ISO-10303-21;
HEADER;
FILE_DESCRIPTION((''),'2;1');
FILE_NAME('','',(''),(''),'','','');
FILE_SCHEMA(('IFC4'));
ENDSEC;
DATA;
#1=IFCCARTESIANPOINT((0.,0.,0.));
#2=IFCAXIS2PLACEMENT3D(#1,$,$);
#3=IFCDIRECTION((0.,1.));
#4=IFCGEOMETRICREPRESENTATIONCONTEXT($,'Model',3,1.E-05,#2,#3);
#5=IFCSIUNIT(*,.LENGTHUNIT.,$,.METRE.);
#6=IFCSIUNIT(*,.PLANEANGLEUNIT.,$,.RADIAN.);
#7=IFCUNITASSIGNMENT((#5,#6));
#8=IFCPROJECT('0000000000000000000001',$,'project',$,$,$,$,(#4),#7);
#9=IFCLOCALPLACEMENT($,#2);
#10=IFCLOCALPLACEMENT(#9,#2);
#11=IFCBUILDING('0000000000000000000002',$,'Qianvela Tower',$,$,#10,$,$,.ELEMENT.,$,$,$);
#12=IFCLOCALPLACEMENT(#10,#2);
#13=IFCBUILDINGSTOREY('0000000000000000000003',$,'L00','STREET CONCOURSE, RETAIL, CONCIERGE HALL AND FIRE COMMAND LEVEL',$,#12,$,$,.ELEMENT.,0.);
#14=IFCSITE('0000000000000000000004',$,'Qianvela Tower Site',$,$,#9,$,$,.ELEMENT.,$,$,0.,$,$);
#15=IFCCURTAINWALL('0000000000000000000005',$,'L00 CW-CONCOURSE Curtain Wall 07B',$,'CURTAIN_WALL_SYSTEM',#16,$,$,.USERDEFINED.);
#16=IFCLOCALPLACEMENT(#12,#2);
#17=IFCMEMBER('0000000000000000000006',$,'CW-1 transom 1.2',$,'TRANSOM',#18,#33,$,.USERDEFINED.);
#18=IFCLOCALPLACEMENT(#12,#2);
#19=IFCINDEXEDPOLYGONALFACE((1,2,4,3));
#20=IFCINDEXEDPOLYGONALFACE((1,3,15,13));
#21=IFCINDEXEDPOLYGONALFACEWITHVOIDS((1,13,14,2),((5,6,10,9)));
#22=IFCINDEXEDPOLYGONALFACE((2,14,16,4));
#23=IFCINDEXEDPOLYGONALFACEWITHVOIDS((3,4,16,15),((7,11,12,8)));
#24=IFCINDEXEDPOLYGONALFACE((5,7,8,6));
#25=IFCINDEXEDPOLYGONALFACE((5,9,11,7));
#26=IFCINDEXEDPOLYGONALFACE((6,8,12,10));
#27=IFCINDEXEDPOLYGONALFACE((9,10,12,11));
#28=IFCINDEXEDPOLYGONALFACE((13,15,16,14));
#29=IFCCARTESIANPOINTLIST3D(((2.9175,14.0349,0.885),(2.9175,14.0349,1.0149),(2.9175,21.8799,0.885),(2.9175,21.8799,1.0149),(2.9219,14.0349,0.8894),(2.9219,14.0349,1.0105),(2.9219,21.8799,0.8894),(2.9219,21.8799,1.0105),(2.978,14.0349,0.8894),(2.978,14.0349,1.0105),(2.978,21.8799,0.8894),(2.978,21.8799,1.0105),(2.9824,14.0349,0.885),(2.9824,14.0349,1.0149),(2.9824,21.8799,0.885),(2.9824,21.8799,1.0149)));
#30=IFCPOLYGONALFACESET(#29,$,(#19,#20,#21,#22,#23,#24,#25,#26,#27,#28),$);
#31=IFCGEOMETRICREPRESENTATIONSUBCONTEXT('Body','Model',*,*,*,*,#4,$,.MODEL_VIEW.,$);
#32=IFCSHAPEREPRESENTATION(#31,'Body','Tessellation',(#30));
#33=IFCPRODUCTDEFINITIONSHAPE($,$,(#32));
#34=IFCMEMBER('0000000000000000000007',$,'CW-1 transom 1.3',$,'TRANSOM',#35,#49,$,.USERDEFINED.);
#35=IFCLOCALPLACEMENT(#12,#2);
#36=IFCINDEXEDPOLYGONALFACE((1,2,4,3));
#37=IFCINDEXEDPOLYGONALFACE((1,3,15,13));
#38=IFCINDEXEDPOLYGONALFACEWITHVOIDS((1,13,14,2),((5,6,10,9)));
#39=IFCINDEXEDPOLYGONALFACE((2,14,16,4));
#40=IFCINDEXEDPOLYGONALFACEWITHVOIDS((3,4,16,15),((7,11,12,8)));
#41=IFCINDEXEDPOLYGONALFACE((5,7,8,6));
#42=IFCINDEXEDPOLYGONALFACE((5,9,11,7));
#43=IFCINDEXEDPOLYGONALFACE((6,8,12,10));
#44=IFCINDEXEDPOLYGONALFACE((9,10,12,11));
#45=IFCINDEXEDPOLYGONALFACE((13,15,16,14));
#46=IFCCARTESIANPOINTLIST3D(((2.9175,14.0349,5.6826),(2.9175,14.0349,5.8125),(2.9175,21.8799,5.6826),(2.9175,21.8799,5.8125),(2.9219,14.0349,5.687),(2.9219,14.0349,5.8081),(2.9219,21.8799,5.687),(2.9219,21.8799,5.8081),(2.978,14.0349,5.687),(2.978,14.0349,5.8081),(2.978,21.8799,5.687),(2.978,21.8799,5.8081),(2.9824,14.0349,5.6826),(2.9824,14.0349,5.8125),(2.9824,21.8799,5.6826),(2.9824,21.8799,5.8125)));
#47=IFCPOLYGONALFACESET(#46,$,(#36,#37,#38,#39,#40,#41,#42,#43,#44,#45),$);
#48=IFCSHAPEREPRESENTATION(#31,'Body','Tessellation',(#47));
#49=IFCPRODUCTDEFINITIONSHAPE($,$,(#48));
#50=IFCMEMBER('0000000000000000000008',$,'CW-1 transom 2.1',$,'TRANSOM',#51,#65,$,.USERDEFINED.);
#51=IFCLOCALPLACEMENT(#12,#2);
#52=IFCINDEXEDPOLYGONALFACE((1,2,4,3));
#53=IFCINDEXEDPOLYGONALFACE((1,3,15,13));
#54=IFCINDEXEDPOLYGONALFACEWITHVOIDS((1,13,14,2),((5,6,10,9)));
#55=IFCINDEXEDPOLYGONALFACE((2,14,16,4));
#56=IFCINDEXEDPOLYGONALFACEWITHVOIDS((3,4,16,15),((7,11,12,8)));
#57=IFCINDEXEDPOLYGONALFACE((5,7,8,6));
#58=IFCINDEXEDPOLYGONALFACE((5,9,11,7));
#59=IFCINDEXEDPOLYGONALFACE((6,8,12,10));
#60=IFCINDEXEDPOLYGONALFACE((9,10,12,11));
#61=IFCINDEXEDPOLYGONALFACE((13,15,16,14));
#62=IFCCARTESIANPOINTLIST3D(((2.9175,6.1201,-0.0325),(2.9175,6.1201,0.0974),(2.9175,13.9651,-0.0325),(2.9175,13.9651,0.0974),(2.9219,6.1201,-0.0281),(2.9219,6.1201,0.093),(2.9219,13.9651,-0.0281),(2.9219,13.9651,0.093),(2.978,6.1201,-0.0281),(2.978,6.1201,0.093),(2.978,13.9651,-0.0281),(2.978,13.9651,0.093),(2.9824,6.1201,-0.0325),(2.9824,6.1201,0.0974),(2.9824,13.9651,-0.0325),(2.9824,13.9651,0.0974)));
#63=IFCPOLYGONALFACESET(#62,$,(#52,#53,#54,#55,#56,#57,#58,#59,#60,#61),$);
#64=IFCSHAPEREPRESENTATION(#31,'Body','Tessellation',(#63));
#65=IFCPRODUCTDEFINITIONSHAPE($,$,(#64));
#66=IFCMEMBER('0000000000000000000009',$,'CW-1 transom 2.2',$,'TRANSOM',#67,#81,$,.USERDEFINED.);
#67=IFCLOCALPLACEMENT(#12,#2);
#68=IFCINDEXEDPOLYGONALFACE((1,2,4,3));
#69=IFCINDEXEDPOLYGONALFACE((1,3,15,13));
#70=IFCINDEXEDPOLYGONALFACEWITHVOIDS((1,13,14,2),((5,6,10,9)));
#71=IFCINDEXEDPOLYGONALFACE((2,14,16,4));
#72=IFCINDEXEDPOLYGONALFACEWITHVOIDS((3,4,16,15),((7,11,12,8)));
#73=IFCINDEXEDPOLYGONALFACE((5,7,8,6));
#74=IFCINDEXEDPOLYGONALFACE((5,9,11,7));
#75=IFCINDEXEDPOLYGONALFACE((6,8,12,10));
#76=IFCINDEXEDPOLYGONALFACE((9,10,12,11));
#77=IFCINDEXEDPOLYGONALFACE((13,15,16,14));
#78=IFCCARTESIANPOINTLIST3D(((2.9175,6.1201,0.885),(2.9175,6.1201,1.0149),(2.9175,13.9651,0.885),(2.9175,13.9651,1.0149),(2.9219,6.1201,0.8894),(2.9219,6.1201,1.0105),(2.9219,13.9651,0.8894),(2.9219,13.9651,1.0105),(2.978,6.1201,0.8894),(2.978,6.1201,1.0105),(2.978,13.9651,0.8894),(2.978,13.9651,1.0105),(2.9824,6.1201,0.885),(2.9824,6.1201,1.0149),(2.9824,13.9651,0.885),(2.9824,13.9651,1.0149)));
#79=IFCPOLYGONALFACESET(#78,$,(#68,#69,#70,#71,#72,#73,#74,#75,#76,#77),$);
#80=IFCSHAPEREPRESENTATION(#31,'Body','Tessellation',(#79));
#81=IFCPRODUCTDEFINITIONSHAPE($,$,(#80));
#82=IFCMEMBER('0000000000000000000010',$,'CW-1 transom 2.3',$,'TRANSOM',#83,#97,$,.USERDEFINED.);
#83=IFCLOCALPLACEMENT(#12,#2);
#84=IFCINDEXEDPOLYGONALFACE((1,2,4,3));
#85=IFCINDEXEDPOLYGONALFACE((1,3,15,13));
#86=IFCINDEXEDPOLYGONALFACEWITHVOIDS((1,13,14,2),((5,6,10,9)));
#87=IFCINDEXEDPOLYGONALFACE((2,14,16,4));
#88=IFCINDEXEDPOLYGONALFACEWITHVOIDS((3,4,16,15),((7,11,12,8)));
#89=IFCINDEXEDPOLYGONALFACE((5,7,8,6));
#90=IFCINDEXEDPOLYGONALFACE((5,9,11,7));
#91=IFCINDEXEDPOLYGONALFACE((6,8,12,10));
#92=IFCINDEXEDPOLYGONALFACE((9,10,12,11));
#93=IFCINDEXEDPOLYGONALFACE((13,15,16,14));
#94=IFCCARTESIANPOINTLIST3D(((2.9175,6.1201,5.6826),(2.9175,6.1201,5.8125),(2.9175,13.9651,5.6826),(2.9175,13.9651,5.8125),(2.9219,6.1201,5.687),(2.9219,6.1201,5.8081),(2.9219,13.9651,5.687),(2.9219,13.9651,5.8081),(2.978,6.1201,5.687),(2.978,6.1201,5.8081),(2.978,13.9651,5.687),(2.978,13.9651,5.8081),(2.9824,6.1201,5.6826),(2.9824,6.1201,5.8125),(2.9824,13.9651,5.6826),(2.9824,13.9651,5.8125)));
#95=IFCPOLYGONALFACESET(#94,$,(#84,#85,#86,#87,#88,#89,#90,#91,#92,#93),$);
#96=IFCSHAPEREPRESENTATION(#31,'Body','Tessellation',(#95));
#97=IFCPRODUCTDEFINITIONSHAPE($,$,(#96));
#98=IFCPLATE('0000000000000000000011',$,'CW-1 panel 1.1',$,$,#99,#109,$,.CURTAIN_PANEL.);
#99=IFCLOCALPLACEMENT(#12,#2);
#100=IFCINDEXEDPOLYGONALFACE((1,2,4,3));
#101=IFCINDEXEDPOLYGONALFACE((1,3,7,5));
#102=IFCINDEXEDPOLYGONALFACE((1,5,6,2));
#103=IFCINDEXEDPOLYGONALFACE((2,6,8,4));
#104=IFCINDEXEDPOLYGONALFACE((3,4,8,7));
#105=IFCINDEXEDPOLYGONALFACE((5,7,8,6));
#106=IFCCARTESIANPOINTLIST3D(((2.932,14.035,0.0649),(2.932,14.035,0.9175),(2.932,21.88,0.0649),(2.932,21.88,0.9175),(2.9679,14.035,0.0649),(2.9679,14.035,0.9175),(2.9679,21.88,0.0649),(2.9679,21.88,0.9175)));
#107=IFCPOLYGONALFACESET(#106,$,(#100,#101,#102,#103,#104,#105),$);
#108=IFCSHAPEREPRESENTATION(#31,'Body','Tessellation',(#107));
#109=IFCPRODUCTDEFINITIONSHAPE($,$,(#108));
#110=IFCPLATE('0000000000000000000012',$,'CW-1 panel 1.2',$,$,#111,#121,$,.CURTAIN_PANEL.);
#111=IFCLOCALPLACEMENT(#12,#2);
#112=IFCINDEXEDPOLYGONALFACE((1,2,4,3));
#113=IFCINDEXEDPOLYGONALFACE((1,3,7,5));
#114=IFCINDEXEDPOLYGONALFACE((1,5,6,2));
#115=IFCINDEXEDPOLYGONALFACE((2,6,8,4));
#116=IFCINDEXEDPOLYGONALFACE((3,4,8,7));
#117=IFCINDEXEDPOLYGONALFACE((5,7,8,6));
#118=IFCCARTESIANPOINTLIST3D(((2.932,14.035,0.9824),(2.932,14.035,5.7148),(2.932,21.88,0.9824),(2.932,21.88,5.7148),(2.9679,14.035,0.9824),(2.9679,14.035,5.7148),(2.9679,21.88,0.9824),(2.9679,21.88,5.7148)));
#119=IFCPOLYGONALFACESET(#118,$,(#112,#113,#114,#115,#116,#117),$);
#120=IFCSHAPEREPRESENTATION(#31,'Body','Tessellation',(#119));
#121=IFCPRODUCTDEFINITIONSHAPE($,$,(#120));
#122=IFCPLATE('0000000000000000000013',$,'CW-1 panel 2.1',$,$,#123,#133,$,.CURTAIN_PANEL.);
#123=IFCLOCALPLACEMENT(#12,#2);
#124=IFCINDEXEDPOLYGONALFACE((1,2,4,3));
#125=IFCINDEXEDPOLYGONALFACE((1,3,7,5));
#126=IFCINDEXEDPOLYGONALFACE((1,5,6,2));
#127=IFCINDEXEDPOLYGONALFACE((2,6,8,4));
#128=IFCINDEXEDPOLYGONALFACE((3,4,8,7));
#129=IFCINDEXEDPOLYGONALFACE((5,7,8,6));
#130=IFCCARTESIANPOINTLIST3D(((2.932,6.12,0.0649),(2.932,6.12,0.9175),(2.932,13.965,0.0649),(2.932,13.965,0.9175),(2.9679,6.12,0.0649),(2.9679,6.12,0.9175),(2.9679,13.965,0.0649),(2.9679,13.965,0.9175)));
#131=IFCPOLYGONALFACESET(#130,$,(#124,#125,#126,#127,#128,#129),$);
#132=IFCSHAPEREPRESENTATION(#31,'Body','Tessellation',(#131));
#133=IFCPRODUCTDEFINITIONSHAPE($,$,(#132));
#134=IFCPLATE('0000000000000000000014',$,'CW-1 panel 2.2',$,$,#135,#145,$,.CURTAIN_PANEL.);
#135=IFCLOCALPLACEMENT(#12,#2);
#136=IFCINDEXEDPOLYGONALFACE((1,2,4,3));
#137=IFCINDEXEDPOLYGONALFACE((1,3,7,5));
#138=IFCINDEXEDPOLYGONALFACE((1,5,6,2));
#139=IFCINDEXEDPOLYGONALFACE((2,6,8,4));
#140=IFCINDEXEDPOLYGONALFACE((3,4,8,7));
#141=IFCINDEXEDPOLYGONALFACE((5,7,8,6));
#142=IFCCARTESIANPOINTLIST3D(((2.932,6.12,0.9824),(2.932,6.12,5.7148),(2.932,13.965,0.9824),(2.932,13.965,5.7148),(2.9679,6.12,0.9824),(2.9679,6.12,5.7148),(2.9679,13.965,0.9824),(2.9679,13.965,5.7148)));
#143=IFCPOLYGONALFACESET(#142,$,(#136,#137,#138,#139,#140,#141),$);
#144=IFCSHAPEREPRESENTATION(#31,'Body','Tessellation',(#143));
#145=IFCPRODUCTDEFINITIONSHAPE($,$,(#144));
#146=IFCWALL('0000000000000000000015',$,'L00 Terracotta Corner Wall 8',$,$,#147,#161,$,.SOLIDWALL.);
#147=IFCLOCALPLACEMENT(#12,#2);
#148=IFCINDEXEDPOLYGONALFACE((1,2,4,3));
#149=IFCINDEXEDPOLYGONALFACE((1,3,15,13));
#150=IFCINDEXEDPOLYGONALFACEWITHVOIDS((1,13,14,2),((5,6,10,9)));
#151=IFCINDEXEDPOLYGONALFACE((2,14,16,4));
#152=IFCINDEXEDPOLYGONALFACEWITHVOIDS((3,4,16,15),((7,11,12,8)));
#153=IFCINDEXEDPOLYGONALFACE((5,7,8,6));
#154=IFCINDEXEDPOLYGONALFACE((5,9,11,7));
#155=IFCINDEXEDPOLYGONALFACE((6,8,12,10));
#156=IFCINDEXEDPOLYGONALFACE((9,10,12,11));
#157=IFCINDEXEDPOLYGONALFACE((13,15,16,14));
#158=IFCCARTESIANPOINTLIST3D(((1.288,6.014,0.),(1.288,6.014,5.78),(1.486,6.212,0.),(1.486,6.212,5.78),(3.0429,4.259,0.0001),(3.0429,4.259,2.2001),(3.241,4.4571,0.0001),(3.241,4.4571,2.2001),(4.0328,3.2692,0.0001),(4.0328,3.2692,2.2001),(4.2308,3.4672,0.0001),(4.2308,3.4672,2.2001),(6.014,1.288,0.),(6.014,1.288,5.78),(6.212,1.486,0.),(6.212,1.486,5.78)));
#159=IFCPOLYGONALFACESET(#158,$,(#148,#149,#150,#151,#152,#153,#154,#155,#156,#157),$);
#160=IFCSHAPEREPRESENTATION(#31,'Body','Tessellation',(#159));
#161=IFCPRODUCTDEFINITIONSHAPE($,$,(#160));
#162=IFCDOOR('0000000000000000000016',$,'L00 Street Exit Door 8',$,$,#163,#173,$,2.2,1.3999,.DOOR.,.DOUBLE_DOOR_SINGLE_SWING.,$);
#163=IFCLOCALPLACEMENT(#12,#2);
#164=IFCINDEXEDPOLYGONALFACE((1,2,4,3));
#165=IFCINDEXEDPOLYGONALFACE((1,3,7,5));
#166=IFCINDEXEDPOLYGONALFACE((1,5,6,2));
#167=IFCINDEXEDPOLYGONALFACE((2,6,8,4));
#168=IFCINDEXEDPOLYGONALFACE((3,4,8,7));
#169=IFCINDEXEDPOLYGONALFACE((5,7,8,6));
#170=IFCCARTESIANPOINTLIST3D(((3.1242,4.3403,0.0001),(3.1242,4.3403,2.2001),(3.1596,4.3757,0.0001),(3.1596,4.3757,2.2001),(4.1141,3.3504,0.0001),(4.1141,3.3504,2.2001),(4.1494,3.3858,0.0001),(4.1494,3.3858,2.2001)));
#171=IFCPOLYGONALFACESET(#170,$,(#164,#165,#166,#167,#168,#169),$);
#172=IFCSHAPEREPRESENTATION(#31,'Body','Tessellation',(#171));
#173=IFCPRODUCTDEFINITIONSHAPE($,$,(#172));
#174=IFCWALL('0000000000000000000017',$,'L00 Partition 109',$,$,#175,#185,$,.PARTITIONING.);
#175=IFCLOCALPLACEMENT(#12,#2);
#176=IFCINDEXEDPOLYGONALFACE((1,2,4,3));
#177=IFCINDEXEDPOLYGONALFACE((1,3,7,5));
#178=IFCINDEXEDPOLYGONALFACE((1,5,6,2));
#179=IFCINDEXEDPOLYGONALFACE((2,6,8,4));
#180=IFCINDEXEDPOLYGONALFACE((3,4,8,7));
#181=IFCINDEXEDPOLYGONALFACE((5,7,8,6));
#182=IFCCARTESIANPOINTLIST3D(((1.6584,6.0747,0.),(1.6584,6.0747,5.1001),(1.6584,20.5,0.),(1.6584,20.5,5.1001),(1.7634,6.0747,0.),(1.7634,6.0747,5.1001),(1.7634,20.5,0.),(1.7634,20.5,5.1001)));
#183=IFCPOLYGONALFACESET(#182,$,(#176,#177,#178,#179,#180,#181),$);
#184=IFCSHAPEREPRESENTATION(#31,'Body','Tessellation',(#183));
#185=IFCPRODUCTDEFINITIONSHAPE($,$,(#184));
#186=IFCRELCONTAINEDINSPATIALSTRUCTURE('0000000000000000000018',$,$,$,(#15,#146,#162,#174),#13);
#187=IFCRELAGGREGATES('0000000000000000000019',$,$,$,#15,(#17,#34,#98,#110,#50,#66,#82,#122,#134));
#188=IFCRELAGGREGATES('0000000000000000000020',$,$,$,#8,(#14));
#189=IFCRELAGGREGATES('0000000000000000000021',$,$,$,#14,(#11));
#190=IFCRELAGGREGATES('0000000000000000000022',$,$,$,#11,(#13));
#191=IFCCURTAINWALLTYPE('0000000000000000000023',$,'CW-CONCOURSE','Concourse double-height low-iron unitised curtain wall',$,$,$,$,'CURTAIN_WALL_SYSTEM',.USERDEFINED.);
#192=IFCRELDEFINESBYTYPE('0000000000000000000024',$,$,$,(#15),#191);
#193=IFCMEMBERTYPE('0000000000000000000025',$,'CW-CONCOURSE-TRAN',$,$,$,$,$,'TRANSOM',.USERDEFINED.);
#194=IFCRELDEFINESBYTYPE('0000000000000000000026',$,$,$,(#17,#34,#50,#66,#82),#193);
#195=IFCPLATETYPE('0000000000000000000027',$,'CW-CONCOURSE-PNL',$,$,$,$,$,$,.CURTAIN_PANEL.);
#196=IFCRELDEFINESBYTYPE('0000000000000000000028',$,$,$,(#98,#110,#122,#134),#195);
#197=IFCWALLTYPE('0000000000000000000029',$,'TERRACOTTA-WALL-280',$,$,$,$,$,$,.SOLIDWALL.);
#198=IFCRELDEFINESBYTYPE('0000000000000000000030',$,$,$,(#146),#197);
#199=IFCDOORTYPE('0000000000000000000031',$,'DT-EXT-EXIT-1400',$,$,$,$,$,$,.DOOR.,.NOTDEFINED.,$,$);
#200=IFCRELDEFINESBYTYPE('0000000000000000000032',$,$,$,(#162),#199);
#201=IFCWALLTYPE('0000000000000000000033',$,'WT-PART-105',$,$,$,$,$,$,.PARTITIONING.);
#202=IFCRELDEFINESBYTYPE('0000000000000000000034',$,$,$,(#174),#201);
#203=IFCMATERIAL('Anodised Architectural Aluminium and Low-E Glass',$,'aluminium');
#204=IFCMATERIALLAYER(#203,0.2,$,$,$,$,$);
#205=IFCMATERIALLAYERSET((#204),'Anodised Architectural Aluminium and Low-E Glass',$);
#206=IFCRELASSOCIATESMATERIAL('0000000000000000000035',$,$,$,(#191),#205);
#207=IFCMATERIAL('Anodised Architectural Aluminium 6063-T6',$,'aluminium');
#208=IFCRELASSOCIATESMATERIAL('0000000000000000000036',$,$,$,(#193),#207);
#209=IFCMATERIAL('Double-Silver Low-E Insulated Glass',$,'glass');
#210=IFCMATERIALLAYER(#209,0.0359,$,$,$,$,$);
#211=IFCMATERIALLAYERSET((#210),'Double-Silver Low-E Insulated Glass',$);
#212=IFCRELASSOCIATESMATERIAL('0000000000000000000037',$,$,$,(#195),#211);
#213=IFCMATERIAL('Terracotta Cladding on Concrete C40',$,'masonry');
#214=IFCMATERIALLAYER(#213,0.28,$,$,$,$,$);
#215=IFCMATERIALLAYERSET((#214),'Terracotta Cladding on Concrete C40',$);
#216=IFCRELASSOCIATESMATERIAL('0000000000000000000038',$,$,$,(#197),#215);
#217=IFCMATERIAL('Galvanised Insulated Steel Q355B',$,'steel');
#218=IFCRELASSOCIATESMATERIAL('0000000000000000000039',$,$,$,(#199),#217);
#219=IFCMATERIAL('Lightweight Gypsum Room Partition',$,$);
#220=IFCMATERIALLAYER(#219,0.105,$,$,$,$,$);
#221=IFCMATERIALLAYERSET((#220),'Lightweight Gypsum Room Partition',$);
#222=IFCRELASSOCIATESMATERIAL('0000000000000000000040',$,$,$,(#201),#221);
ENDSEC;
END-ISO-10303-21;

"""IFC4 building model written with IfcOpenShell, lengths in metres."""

from ifc_helpers import new_model, si_unit, direction, frame, frame_2d, origin, origin_2d, place, context, subcontext, project, spatial, rectangle, hollow_rectangle, extrude, material, layer, layer_set, material_profile, profile_set, type_object, element, fill, aggregate, save


model = new_model("IFC4")

# Units and contexts
model_context = context("Model", 3, precision=1e-05, world=origin(), true_north=direction((0.0, 1.0)))
body_context = subcontext(model_context, "Body", "Model", "MODEL_VIEW")
ifc_project = project(units=[si_unit("LENGTHUNIT", "METRE"), si_unit("PLANEANGLEUNIT", "RADIAN")], contexts=[model_context])

# Site, building, storey
site_placement = place(None, origin())
site = spatial("IfcSite", under=ifc_project, at=site_placement, Name="Qianvela Tower Site", CompositionType="ELEMENT", RefElevation=0.0)
building_placement = place(site_placement, origin())
building = spatial("IfcBuilding", under=site, at=building_placement, Name="Qianvela Tower", CompositionType="ELEMENT")
storey_placement = place(building_placement, origin())
storey = spatial("IfcBuildingStorey", under=building, at=storey_placement, Name="L00", Description="STREET CONCOURSE, RETAIL, CONCIERGE HALL AND FIRE COMMAND LEVEL", CompositionType="ELEMENT", Elevation=0.0)

# Shared definitions
ifc_material_1 = material(Name="Anodised Architectural Aluminium and Low-E Glass", Category="aluminium")
ifc_layer_1 = layer(ifc_material_1, 0.2)
ifc_layer_set_1 = layer_set([ifc_layer_1], Name="Anodised Architectural Aluminium and Low-E Glass")
curtain_wall_type = type_object("IfcCurtainWallType", Name="CW-CONCOURSE", Description="Concourse double-height low-iron unitised curtain wall", ElementType="CURTAIN_WALL_SYSTEM", PredefinedType="USERDEFINED", material=ifc_layer_set_1)

# Curtain wall
curtain_wall_1_placement = place(storey_placement, origin())
curtain_wall_1 = element("IfcCurtainWall", 1, at=curtain_wall_1_placement, inside=storey, type_object=curtain_wall_type, Name="L00 CW-CONCOURSE Curtain Wall 07B", ObjectType="CURTAIN_WALL_SYSTEM", PredefinedType="USERDEFINED")

# Members
ifc_material_2 = material(Name="Anodised Architectural Aluminium 6063-T6", Category="aluminium")
ifc_material_profile_1 = material_profile(ifc_material_2, hollow_rectangle(XDim=0.0649, YDim=0.1299, WallThickness=0.0044, at=origin_2d()), Name="ALU-TRAN-65x130")
ifc_profile_set_1 = profile_set([ifc_material_profile_1], Name="Anodised Architectural Aluminium 6063-T6")
member_type_1 = type_object("IfcMemberType", Name="CW-CONCOURSE-TRAN", ElementType="TRANSOM", PredefinedType="USERDEFINED", material=ifc_profile_set_1)
member_1_placement = place(storey_placement, frame((2.95, 21.8799, 0.95), z_axis=(0.0, -1.0, 0.0), x_axis=(1.0, 0.0, 0.0)))
member_1 = element("IfcMember", 2, at=member_1_placement, type_object=member_type_1, Name="CW-1 transom 1.2", ObjectType="TRANSOM", PredefinedType="USERDEFINED", context=body_context, shape_type="SweptSolid", body=[
    extrude(hollow_rectangle(XDim=0.0649, YDim=0.1299, WallThickness=0.0044, at=origin_2d()), origin(), (0.0, 0.0, 1.0), 7.845),
])
member_2_placement = place(storey_placement, frame((2.95, 21.8799, 5.7476), z_axis=(0.0, -1.0, 0.0), x_axis=(1.0, 0.0, 0.0)))
member_2 = element("IfcMember", 3, at=member_2_placement, type_object=member_type_1, Name="CW-1 transom 1.3", ObjectType="TRANSOM", PredefinedType="USERDEFINED", context=body_context, shape_type="SweptSolid", body=[
    extrude(hollow_rectangle(XDim=0.0649, YDim=0.1299, WallThickness=0.0044, at=origin_2d()), origin(), (0.0, 0.0, 1.0), 7.845),
])
member_3_placement = place(storey_placement, frame((2.95, 13.9651, 0.0325), z_axis=(0.0, -1.0, 0.0), x_axis=(1.0, 0.0, 0.0)))
member_3 = element("IfcMember", 4, at=member_3_placement, type_object=member_type_1, Name="CW-1 transom 2.1", ObjectType="TRANSOM", PredefinedType="USERDEFINED", context=body_context, shape_type="SweptSolid", body=[
    extrude(hollow_rectangle(XDim=0.0649, YDim=0.1299, WallThickness=0.0044, at=origin_2d()), origin(), (0.0, 0.0, 1.0), 7.845),
])
member_4_placement = place(storey_placement, frame((2.95, 13.9651, 0.95), z_axis=(0.0, -1.0, 0.0), x_axis=(1.0, 0.0, 0.0)))
member_4 = element("IfcMember", 5, at=member_4_placement, type_object=member_type_1, Name="CW-1 transom 2.2", ObjectType="TRANSOM", PredefinedType="USERDEFINED", context=body_context, shape_type="SweptSolid", body=[
    extrude(hollow_rectangle(XDim=0.0649, YDim=0.1299, WallThickness=0.0044, at=origin_2d()), origin(), (0.0, 0.0, 1.0), 7.845),
])
member_5_placement = place(storey_placement, frame((2.95, 13.9651, 5.7476), z_axis=(0.0, -1.0, 0.0), x_axis=(1.0, 0.0, 0.0)))
member_5 = element("IfcMember", 6, at=member_5_placement, type_object=member_type_1, Name="CW-1 transom 2.3", ObjectType="TRANSOM", PredefinedType="USERDEFINED", context=body_context, shape_type="SweptSolid", body=[
    extrude(hollow_rectangle(XDim=0.0649, YDim=0.1299, WallThickness=0.0044, at=origin_2d()), origin(), (0.0, 0.0, 1.0), 7.845),
])

# Plates
ifc_material_3 = material(Name="Double-Silver Low-E Insulated Glass", Category="glass")
ifc_layer_2 = layer(ifc_material_3, 0.0359)
ifc_layer_set_2 = layer_set([ifc_layer_2], Name="Double-Silver Low-E Insulated Glass")
plate_type = type_object("IfcPlateType", Name="CW-CONCOURSE-PNL", PredefinedType="CURTAIN_PANEL", material=ifc_layer_set_2)
plate_1_placement = place(storey_placement, frame((2.95, 17.9575, 0.0649), z_axis=(0.0, 0.0, 1.0), x_axis=(0.0, -1.0, 0.0)))
plate_1 = element("IfcPlate", 7, at=plate_1_placement, type_object=plate_type, Name="CW-1 panel 1.1", PredefinedType="CURTAIN_PANEL", context=body_context, shape_type="SweptSolid", body=[
    extrude(rectangle(XDim=7.845, YDim=0.0359, at=origin_2d()), origin(), (0.0, 0.0, 1.0), 0.8525),
])
plate_2_placement = place(storey_placement, frame((2.95, 17.9575, 0.9824), z_axis=(0.0, 0.0, 1.0), x_axis=(0.0, -1.0, 0.0)))
plate_2 = element("IfcPlate", 8, at=plate_2_placement, type_object=plate_type, Name="CW-1 panel 1.2", PredefinedType="CURTAIN_PANEL", context=body_context, shape_type="SweptSolid", body=[
    extrude(rectangle(XDim=7.845, YDim=0.0359, at=origin_2d()), origin(), (0.0, 0.0, 1.0), 4.7324),
])
plate_3_placement = place(storey_placement, frame((2.95, 10.0425, 0.0649), z_axis=(0.0, 0.0, 1.0), x_axis=(0.0, -1.0, 0.0)))
plate_3 = element("IfcPlate", 9, at=plate_3_placement, type_object=plate_type, Name="CW-1 panel 2.1", PredefinedType="CURTAIN_PANEL", context=body_context, shape_type="SweptSolid", body=[
    extrude(rectangle(XDim=7.845, YDim=0.0359, at=origin_2d()), origin(), (0.0, 0.0, 1.0), 0.8525),
])
plate_4_placement = place(storey_placement, frame((2.95, 10.0425, 0.9824), z_axis=(0.0, 0.0, 1.0), x_axis=(0.0, -1.0, 0.0)))
plate_4 = element("IfcPlate", 10, at=plate_4_placement, type_object=plate_type, Name="CW-1 panel 2.2", PredefinedType="CURTAIN_PANEL", context=body_context, shape_type="SweptSolid", body=[
    extrude(rectangle(XDim=7.845, YDim=0.0359, at=origin_2d()), origin(), (0.0, 0.0, 1.0), 4.7324),
])
aggregate(curtain_wall_1, [member_1, member_2, plate_1, plate_2, member_3, member_4, member_5, plate_3, plate_4])

# Wall, opening, door
ifc_material_4 = material(Name="Terracotta Cladding on Concrete C40", Category="masonry")
ifc_layer_3 = layer(ifc_material_4, 0.28)
ifc_layer_set_3 = layer_set([ifc_layer_3], Name="Terracotta Cladding on Concrete C40")
wall_type_1 = type_object("IfcWallType", Name="TERRACOTTA-WALL-280", PredefinedType="SOLIDWALL", material=ifc_layer_set_3)
wall_1_placement = place(storey_placement, frame((1.387, 6.113, 0.0), z_axis=(0.0, 0.0, 1.0), x_axis=(0.707107, -0.707107, 0.0)))
wall_1 = element("IfcWall", 11, at=wall_1_placement, inside=storey, type_object=wall_type_1, Name="L00 Terracotta Corner Wall 8", PredefinedType="SOLIDWALL", context=body_context, shape_type="SweptSolid", body=[
    extrude(rectangle(XDim=6.6836, YDim=0.28, at=frame_2d((3.3418, 0.0))), origin(), (0.0, 0.0, 1.0), 5.78),
])
opening_placement = place(wall_1_placement, frame((2.4819, 0.0, 0.0)))
opening = element("IfcOpeningElement", 12, at=opening_placement, cuts=wall_1, PredefinedType="OPENING", context=body_context, shape_type="SweptSolid", body=[
    extrude(rectangle(XDim=1.3999, YDim=2.2, at=frame_2d((0.7, 1.1001))), frame((0.0, 0.1499, 0.0), z_axis=(0.0, -1.0, 0.0), x_axis=(1.0, 0.0, 0.0)), (0.0, 0.0, 1.0), 0.3),
])
ifc_material_5 = material(Name="Galvanised Insulated Steel Q355B", Category="steel")
door_type = type_object("IfcDoorType", Name="DT-EXT-EXIT-1400", OperationType="NOTDEFINED", PredefinedType="DOOR", material=ifc_material_5)
door_placement = place(opening_placement, origin())
door = element("IfcDoor", 13, at=door_placement, inside=storey, type_object=door_type, Name="L00 Street Exit Door 8", OperationType="DOUBLE_DOOR_SINGLE_SWING", OverallHeight=2.2, OverallWidth=1.3999, PredefinedType="DOOR", context=body_context, shape_type="SweptSolid", body=[
    extrude(rectangle(XDim=1.3999, YDim=2.2, at=frame_2d((0.7, 1.1001))), frame((0.0, 0.0249, 0.0), z_axis=(0.0, -1.0, 0.0), x_axis=(1.0, 0.0, 0.0)), (0.0, 0.0, 1.0), 0.05),
])
fill(opening, door)

# Wall
ifc_material_6 = material(Name="Lightweight Gypsum Room Partition")
ifc_layer_4 = layer(ifc_material_6, 0.105)
ifc_layer_set_4 = layer_set([ifc_layer_4], Name="Lightweight Gypsum Room Partition")
wall_type_2 = type_object("IfcWallType", Name="WT-PART-105", PredefinedType="PARTITIONING", material=ifc_layer_set_4)
wall_2_placement = place(storey_placement, frame((1.7109, 6.0747, 0.0), z_axis=(0.0, 0.0, 1.0), x_axis=(0.0, 1.0, 0.0)))
element("IfcWall", 14, at=wall_2_placement, inside=storey, type_object=wall_type_2, Name="L00 Partition 109", PredefinedType="PARTITIONING", context=body_context, shape_type="SweptSolid", body=[
    extrude(rectangle(XDim=14.4253, YDim=0.105, at=frame_2d((7.2126, 0.0))), origin(), (0.0, 0.0, 1.0), 5.1001),
])

save(model, "model.ifc")
